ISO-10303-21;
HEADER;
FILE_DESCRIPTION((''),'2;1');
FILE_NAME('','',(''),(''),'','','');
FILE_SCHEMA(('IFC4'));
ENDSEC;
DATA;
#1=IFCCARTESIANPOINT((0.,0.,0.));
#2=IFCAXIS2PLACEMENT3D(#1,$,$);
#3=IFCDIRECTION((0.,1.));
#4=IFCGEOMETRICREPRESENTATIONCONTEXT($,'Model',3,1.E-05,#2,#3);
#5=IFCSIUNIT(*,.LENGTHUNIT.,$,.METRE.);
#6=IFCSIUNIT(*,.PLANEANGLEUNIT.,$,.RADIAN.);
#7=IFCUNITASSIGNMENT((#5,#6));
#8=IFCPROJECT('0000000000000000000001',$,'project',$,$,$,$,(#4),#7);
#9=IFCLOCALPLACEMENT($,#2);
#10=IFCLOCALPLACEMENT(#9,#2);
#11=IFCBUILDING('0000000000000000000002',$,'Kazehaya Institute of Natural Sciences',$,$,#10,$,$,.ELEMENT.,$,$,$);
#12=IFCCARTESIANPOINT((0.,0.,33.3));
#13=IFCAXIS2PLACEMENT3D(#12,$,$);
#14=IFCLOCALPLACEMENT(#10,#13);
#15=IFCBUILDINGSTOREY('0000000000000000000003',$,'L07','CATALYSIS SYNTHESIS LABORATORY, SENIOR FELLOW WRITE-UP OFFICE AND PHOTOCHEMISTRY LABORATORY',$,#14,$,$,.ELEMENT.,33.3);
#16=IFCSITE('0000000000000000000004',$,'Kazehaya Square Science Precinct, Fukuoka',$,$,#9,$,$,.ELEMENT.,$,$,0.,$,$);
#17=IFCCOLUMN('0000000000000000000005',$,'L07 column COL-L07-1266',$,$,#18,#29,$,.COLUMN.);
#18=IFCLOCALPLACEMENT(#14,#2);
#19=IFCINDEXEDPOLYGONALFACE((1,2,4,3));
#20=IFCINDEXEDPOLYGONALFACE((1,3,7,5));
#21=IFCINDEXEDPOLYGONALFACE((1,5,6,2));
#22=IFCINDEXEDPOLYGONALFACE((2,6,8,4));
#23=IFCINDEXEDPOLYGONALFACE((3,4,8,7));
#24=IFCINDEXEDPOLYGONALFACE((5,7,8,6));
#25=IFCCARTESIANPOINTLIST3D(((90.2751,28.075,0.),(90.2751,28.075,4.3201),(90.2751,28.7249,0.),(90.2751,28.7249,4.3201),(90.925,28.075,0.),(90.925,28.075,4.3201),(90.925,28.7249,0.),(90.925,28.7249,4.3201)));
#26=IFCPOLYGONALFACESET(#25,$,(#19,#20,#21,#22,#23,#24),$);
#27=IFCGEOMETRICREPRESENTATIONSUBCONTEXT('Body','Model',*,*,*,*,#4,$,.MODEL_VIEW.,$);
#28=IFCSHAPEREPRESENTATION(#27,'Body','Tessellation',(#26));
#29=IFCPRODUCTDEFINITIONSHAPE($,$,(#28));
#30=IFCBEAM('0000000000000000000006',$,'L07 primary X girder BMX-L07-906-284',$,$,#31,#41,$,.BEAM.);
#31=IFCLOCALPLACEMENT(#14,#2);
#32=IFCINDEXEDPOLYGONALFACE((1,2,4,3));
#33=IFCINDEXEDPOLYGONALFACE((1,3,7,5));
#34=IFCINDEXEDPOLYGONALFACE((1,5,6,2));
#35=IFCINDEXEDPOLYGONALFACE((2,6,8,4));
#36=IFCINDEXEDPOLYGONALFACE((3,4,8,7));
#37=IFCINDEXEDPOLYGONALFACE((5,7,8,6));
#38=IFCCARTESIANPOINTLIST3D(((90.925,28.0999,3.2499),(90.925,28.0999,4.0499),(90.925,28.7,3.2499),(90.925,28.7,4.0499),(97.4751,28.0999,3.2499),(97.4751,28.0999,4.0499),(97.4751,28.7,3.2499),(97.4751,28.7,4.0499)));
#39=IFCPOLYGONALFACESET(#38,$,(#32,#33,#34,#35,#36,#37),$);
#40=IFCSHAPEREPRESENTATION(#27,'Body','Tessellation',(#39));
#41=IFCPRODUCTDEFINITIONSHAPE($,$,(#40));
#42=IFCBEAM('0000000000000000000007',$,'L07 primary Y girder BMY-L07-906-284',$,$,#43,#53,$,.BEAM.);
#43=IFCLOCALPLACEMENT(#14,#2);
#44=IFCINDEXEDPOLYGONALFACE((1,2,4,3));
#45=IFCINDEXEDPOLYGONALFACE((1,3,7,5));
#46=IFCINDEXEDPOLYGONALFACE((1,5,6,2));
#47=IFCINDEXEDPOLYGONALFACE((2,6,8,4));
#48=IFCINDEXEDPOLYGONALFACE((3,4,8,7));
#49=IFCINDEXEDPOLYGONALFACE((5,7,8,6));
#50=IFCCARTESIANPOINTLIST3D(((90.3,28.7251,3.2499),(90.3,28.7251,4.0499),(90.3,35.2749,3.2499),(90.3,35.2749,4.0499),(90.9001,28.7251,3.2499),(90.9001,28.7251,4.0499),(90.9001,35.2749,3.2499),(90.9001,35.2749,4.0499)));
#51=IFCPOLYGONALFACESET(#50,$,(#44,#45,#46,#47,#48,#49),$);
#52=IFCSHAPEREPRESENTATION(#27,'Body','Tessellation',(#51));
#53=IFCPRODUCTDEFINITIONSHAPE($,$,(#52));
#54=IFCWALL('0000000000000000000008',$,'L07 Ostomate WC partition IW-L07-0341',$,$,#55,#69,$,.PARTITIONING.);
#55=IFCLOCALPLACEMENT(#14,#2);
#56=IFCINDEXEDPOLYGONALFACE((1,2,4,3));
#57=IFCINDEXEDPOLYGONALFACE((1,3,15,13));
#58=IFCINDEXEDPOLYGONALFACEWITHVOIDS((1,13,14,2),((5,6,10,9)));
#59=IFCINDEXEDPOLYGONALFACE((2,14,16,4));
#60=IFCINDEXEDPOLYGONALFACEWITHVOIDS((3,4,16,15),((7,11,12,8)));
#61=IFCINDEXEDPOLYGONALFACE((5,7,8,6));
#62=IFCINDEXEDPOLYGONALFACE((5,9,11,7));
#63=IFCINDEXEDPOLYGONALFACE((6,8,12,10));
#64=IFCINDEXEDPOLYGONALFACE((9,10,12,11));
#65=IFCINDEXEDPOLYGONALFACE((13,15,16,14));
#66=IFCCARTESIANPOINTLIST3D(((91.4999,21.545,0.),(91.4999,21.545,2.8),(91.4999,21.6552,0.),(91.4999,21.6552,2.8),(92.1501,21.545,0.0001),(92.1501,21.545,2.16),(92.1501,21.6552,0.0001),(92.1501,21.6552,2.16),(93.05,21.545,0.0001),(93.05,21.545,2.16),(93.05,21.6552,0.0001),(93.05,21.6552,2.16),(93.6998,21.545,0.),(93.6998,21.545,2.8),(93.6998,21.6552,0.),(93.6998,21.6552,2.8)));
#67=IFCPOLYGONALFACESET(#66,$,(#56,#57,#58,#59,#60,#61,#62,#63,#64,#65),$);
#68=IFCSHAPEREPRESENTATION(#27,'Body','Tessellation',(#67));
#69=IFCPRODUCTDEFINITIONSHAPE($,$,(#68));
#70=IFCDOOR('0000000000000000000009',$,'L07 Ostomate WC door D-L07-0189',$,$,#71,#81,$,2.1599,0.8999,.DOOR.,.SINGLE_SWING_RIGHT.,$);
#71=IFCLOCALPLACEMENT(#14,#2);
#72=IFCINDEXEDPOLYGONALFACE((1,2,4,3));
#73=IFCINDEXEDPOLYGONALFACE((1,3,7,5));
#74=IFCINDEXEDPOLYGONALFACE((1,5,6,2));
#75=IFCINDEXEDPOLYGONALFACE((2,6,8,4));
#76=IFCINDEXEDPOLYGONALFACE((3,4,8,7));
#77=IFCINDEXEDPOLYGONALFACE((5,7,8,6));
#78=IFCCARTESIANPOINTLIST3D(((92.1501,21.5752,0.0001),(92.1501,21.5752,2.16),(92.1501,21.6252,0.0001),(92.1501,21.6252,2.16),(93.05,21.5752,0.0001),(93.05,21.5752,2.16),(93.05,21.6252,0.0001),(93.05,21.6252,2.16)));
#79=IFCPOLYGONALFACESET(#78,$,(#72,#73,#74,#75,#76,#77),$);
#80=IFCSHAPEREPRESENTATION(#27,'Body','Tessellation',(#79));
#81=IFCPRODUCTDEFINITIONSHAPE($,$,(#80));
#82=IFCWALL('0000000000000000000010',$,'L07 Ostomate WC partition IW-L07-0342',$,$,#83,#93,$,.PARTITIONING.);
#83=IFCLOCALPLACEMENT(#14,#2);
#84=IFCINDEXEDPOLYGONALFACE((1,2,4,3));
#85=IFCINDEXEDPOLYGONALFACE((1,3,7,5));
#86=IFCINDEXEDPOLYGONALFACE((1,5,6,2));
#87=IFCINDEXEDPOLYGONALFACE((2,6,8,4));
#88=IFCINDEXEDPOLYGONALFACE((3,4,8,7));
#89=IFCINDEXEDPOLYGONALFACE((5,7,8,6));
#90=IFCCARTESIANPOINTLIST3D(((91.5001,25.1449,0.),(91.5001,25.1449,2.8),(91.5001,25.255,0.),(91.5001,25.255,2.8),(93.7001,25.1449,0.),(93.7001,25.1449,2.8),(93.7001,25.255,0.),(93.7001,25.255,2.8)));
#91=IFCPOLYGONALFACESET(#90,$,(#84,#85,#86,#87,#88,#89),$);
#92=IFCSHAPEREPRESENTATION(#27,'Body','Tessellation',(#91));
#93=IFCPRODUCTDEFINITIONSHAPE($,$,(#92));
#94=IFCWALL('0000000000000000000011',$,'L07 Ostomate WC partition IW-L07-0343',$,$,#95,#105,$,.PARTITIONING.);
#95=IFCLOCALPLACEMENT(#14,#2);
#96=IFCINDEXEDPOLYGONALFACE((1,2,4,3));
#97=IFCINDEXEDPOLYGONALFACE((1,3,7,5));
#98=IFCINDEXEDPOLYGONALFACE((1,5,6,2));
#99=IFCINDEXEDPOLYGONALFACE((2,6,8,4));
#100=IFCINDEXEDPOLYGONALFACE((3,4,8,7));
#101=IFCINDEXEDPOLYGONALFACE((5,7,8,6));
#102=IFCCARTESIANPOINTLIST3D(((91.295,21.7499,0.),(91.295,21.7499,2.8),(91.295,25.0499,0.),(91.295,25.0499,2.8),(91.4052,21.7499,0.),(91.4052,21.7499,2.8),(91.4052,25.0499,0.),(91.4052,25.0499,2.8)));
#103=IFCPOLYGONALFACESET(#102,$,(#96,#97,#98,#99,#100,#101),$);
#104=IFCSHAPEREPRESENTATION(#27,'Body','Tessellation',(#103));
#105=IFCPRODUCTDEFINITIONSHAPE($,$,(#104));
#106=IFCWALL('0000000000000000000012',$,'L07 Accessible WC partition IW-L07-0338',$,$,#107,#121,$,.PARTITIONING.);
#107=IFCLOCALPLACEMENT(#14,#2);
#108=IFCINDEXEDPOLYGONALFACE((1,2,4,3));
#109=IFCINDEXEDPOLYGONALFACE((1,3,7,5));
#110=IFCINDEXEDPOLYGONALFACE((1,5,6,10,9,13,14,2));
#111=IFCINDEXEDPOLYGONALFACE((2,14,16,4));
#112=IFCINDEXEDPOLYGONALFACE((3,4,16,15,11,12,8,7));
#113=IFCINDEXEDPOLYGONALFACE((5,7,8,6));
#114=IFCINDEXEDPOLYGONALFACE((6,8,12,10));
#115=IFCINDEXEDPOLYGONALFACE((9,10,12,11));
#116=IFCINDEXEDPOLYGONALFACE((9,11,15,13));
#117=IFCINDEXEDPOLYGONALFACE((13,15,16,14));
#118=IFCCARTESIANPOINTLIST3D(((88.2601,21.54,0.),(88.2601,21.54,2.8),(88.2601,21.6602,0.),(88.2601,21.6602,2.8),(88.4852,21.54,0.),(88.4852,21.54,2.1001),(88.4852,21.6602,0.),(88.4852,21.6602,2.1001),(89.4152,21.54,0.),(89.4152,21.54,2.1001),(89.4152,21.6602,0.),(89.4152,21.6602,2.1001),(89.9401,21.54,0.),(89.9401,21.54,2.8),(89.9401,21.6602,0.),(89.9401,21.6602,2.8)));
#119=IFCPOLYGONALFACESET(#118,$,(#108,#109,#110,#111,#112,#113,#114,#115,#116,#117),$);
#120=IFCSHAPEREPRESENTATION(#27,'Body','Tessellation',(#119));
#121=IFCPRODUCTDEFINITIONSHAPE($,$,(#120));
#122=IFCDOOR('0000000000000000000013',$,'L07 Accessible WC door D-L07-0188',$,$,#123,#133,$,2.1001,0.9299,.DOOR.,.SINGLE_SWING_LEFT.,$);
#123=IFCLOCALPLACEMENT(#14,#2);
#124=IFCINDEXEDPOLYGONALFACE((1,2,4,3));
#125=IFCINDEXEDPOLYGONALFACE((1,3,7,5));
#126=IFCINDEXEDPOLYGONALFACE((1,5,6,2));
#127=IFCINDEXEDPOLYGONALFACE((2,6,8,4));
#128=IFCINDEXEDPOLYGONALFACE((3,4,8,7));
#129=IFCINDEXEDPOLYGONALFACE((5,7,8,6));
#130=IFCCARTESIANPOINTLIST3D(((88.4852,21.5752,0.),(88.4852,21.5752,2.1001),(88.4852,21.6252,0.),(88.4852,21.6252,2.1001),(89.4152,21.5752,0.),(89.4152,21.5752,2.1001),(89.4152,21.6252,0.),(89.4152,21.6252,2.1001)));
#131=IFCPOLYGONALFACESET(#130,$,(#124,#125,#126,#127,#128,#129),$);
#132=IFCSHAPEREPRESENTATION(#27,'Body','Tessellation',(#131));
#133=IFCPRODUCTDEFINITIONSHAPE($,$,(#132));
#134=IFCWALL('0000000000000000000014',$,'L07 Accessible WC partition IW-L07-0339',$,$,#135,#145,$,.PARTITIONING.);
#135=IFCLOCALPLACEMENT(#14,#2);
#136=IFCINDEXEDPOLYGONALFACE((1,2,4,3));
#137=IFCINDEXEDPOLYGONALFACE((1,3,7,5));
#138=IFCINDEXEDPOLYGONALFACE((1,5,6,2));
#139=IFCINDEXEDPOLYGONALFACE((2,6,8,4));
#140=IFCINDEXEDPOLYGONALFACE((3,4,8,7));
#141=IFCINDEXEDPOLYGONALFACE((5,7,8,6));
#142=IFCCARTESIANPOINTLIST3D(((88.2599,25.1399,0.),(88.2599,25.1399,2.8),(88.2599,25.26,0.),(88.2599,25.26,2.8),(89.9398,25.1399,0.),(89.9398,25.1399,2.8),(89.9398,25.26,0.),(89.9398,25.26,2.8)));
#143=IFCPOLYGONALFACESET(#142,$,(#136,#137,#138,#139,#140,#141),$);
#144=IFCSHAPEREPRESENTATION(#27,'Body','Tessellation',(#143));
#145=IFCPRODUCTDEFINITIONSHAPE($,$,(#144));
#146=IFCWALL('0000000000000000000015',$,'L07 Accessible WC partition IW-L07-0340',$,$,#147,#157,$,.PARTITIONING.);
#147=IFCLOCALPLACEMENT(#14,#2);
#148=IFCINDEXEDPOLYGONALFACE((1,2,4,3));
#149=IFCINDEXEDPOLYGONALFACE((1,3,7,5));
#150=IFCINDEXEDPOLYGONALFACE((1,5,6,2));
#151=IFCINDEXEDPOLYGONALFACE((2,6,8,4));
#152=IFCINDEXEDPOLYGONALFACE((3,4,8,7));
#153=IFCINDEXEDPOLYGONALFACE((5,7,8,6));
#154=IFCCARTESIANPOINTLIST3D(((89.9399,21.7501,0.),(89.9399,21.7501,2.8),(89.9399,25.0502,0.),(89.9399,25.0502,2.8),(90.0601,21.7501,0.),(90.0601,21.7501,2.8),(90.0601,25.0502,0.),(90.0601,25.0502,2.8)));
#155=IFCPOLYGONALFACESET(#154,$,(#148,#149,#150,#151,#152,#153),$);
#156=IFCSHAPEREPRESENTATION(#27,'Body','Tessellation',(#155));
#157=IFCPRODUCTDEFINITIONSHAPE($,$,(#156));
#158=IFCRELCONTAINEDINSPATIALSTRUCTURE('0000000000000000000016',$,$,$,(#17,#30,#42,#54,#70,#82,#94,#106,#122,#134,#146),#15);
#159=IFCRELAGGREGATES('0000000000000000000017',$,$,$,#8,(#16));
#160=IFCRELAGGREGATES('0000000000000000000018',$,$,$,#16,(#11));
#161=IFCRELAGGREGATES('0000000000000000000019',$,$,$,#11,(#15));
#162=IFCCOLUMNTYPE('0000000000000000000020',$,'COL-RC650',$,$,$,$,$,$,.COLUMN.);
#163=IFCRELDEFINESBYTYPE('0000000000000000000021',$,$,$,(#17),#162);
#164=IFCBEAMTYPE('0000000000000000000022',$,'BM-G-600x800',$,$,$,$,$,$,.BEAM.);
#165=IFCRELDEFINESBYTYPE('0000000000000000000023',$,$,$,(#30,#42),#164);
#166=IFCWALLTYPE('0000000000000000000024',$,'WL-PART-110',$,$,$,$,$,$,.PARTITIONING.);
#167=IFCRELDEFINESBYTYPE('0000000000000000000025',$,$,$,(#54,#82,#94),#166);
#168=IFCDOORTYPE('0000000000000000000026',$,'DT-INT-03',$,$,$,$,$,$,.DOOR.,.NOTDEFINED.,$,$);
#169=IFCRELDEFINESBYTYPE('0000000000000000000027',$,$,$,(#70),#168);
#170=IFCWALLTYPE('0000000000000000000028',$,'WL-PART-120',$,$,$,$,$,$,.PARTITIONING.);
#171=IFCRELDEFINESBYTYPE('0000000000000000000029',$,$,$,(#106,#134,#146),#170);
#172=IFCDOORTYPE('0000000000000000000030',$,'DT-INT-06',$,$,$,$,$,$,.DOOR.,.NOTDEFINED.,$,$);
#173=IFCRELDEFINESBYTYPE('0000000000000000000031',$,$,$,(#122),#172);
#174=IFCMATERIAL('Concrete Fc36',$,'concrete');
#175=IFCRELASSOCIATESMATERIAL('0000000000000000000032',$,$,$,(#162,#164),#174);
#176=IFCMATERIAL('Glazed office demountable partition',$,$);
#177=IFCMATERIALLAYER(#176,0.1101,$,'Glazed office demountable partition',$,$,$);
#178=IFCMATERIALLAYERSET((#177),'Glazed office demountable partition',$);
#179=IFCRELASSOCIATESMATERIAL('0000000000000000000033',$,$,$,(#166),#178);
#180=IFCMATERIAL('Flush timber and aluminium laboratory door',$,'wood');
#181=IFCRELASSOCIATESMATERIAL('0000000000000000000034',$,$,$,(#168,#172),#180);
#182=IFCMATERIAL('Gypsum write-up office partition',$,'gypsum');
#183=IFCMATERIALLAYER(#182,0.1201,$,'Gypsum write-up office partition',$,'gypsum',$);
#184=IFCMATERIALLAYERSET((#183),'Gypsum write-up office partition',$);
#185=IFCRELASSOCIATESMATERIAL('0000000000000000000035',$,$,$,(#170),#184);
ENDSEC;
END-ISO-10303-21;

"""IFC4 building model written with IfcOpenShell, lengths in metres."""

from ifc_helpers import new_model, si_unit, direction, frame, frame_2d, origin, origin_2d, place, context, subcontext, project, spatial, rectangle, extrude, material, layer, layer_set, material_profile, profile_set, type_object, element, fill, save


model = new_model("IFC4")

# Units and contexts
model_context = context("Model", 3, precision=1e-05, world=origin(), true_north=direction((0.0, 1.0)))
body_context = subcontext(model_context, "Body", "Model", "MODEL_VIEW")
ifc_project = project(units=[si_unit("LENGTHUNIT", "METRE"), si_unit("PLANEANGLEUNIT", "RADIAN")], contexts=[model_context])

# Site, building, storey
site_placement = place(None, origin())
site = spatial("IfcSite", under=ifc_project, at=site_placement, Name="Kazehaya Square Science Precinct, Fukuoka", CompositionType="ELEMENT", RefElevation=0.0)
building_placement = place(site_placement, origin())
building = spatial("IfcBuilding", under=site, at=building_placement, Name="Kazehaya Institute of Natural Sciences", CompositionType="ELEMENT")
storey_placement = place(building_placement, frame((0.0, 0.0, 33.3)))
storey = spatial("IfcBuildingStorey", under=building, at=storey_placement, Name="L07", Description="CATALYSIS SYNTHESIS LABORATORY, SENIOR FELLOW WRITE-UP OFFICE AND PHOTOCHEMISTRY LABORATORY", CompositionType="ELEMENT", Elevation=33.3)

# Column
ifc_material_1 = material(Name="Concrete Fc36", Category="concrete")
ifc_material_profile_1 = material_profile(ifc_material_1, rectangle(XDim=0.6499, YDim=0.6499, at=origin_2d()), Name="RC-650x650")
ifc_profile_set_1 = profile_set([ifc_material_profile_1], Name="Concrete Fc36")
column_type = type_object("IfcColumnType", Name="COL-RC650", PredefinedType="COLUMN", material=ifc_profile_set_1)
column_placement = place(storey_placement, frame((90.6001, 28.3999, 0.0), z_axis=(0.0, 0.0, 1.0), x_axis=(1.0, 0.0, 0.0)))
element("IfcColumn", 1, at=column_placement, inside=storey, type_object=column_type, Name="L07 column COL-L07-1266", PredefinedType="COLUMN", context=body_context, shape_type="SweptSolid", body=[
    extrude(rectangle(XDim=0.6499, YDim=0.6499, at=origin_2d()), origin(), (0.0, 0.0, 1.0), 4.3201),
])

# Beams
ifc_material_profile_2 = material_profile(ifc_material_1, rectangle(XDim=0.6001, YDim=0.8, at=origin_2d()), Name="RC-600x800")
ifc_profile_set_2 = profile_set([ifc_material_profile_2], Name="Concrete Fc36")
beam_type = type_object("IfcBeamType", Name="BM-G-600x800", PredefinedType="BEAM", material=ifc_profile_set_2)
beam_1_placement = place(storey_placement, frame((90.925, 28.3999, 3.6499), z_axis=(1.0, 0.0, 0.0), x_axis=(0.0, 1.0, 0.0)))
element("IfcBeam", 2, at=beam_1_placement, inside=storey, type_object=beam_type, Name="L07 primary X girder BMX-L07-906-284", PredefinedType="BEAM", context=body_context, shape_type="SweptSolid", body=[
    extrude(rectangle(XDim=0.6001, YDim=0.8, at=origin_2d()), origin(), (0.0, 0.0, 1.0), 6.55),
])
beam_2_placement = place(storey_placement, frame((90.6001, 28.7251, 3.6499), z_axis=(0.0, 1.0, 0.0), x_axis=(-1.0, 0.0, 0.0)))
element("IfcBeam", 3, at=beam_2_placement, inside=storey, type_object=beam_type, Name="L07 primary Y girder BMY-L07-906-284", PredefinedType="BEAM", context=body_context, shape_type="SweptSolid", body=[
    extrude(rectangle(XDim=0.6001, YDim=0.8, at=origin_2d()), origin(), (0.0, 0.0, 1.0), 6.5498),
])

# Wall, opening, door
ifc_material_2 = material(Name="Glazed office demountable partition")
ifc_layer_1 = layer(ifc_material_2, 0.1101, Name="Glazed office demountable partition")
ifc_layer_set_1 = layer_set([ifc_layer_1], Name="Glazed office demountable partition")
wall_type_1 = type_object("IfcWallType", Name="WL-PART-110", PredefinedType="PARTITIONING", material=ifc_layer_set_1)
wall_1_placement = place(storey_placement, frame((93.7, 21.6001, 0.0), z_axis=(0.0, 0.0, 1.0), x_axis=(-1.0, 0.0, 0.0)))
wall_1 = element("IfcWall", 4, at=wall_1_placement, inside=storey, type_object=wall_type_1, Name="L07 Ostomate WC partition IW-L07-0341", PredefinedType="PARTITIONING", context=body_context, shape_type="SweptSolid", body=[
    extrude(rectangle(XDim=2.2, YDim=0.1101, at=frame_2d((1.1001, 0.0))), origin(), (0.0, 0.0, 1.0), 2.8),
])
opening_1_placement = place(wall_1_placement, frame((0.6499, 0.0, 0.0)))
opening_1 = element("IfcOpeningElement", 5, at=opening_1_placement, cuts=wall_1, PredefinedType="OPENING", context=body_context, shape_type="SweptSolid", body=[
    extrude(rectangle(XDim=0.8999, YDim=2.1599, at=frame_2d((0.45, 1.0801))), frame((0.0, 0.0649, 0.0), z_axis=(0.0, -1.0, 0.0), x_axis=(1.0, 0.0, 0.0)), (0.0, 0.0, 1.0), 0.1301),
])
ifc_material_3 = material(Name="Flush timber and aluminium laboratory door", Category="wood")
door_type_1 = type_object("IfcDoorType", Name="DT-INT-03", OperationType="NOTDEFINED", PredefinedType="DOOR", material=ifc_material_3)
door_1_placement = place(opening_1_placement, origin())
door_1 = element("IfcDoor", 6, at=door_1_placement, inside=storey, type_object=door_type_1, Name="L07 Ostomate WC door D-L07-0189", OperationType="SINGLE_SWING_RIGHT", OverallHeight=2.1599, OverallWidth=0.8999, PredefinedType="DOOR", context=body_context, shape_type="SweptSolid", body=[
    extrude(rectangle(XDim=0.8999, YDim=2.1599, at=frame_2d((0.45, 1.0801))), frame((0.0, 0.0249, 0.0), z_axis=(0.0, -1.0, 0.0), x_axis=(1.0, 0.0, 0.0)), (0.0, 0.0, 1.0), 0.05),
])
fill(opening_1, door_1)

# Walls
wall_2_placement = place(storey_placement, frame((91.5, 25.2, 0.0), z_axis=(0.0, 0.0, 1.0), x_axis=(1.0, 0.0, 0.0)))
element("IfcWall", 7, at=wall_2_placement, inside=storey, type_object=wall_type_1, Name="L07 Ostomate WC partition IW-L07-0342", PredefinedType="PARTITIONING", context=body_context, shape_type="SweptSolid", body=[
    extrude(rectangle(XDim=2.2, YDim=0.1101, at=frame_2d((1.1001, 0.0))), origin(), (0.0, 0.0, 1.0), 2.8),
])
wall_3_placement = place(storey_placement, frame((91.3501, 21.75, 0.0), z_axis=(0.0, 0.0, 1.0), x_axis=(0.0, 1.0, 0.0)))
element("IfcWall", 8, at=wall_3_placement, inside=storey, type_object=wall_type_1, Name="L07 Ostomate WC partition IW-L07-0343", PredefinedType="PARTITIONING", context=body_context, shape_type="SweptSolid", body=[
    extrude(rectangle(XDim=3.3, YDim=0.1101, at=frame_2d((1.6499, 0.0))), origin(), (0.0, 0.0, 1.0), 2.8),
])

# Wall, opening, door
ifc_material_4 = material(Name="Gypsum write-up office partition", Category="gypsum")
ifc_layer_2 = layer(ifc_material_4, 0.1201, Name="Gypsum write-up office partition", Category="gypsum")
ifc_layer_set_2 = layer_set([ifc_layer_2], Name="Gypsum write-up office partition")
wall_type_2 = type_object("IfcWallType", Name="WL-PART-120", PredefinedType="PARTITIONING", material=ifc_layer_set_2)
wall_4_placement = place(storey_placement, frame((89.9399, 21.6001, 0.0), z_axis=(0.0, 0.0, 1.0), x_axis=(-1.0, 0.0, 0.0)))
wall_4 = element("IfcWall", 9, at=wall_4_placement, inside=storey, type_object=wall_type_2, Name="L07 Accessible WC partition IW-L07-0338", PredefinedType="PARTITIONING", context=body_context, shape_type="SweptSolid", body=[
    extrude(rectangle(XDim=1.6799, YDim=0.1201, at=frame_2d((0.8398, 0.0))), origin(), (0.0, 0.0, 1.0), 2.8),
])
opening_2_placement = place(wall_4_placement, frame((0.5249, 0.0, 0.0)))
opening_2 = element("IfcOpeningElement", 10, at=opening_2_placement, cuts=wall_4, PredefinedType="OPENING", context=body_context, shape_type="SweptSolid", body=[
    extrude(rectangle(XDim=0.9299, YDim=2.1001, at=frame_2d((0.4648, 1.05))), frame((0.0, 0.0701, 0.0), z_axis=(0.0, -1.0, 0.0), x_axis=(1.0, 0.0, 0.0)), (0.0, 0.0, 1.0), 0.1401),
])
door_type_2 = type_object("IfcDoorType", Name="DT-INT-06", OperationType="NOTDEFINED", PredefinedType="DOOR", material=ifc_material_3)
door_2_placement = place(opening_2_placement, origin())
door_2 = element("IfcDoor", 11, at=door_2_placement, inside=storey, type_object=door_type_2, Name="L07 Accessible WC door D-L07-0188", OperationType="SINGLE_SWING_LEFT", OverallHeight=2.1001, OverallWidth=0.9299, PredefinedType="DOOR", context=body_context, shape_type="SweptSolid", body=[
    extrude(rectangle(XDim=0.9299, YDim=2.1001, at=frame_2d((0.4648, 1.05))), frame((0.0, 0.0249, 0.0), z_axis=(0.0, -1.0, 0.0), x_axis=(1.0, 0.0, 0.0)), (0.0, 0.0, 1.0), 0.05),
])
fill(opening_2, door_2)

# Walls
wall_5_placement = place(storey_placement, frame((88.26, 25.2, 0.0), z_axis=(0.0, 0.0, 1.0), x_axis=(1.0, 0.0, 0.0)))
element("IfcWall", 12, at=wall_5_placement, inside=storey, type_object=wall_type_2, Name="L07 Accessible WC partition IW-L07-0339", PredefinedType="PARTITIONING", context=body_context, shape_type="SweptSolid", body=[
    extrude(rectangle(XDim=1.6799, YDim=0.1201, at=frame_2d((0.8398, 0.0))), origin(), (0.0, 0.0, 1.0), 2.8),
])
wall_6_placement = place(storey_placement, frame((90.0, 25.05, 0.0), z_axis=(0.0, 0.0, 1.0), x_axis=(0.0, -1.0, 0.0)))
element("IfcWall", 13, at=wall_6_placement, inside=storey, type_object=wall_type_2, Name="L07 Accessible WC partition IW-L07-0340", PredefinedType="PARTITIONING", context=body_context, shape_type="SweptSolid", body=[
    extrude(rectangle(XDim=3.3, YDim=0.1201, at=frame_2d((1.6499, 0.0))), origin(), (0.0, 0.0, 1.0), 2.8),
])

save(model, "model.ifc")
